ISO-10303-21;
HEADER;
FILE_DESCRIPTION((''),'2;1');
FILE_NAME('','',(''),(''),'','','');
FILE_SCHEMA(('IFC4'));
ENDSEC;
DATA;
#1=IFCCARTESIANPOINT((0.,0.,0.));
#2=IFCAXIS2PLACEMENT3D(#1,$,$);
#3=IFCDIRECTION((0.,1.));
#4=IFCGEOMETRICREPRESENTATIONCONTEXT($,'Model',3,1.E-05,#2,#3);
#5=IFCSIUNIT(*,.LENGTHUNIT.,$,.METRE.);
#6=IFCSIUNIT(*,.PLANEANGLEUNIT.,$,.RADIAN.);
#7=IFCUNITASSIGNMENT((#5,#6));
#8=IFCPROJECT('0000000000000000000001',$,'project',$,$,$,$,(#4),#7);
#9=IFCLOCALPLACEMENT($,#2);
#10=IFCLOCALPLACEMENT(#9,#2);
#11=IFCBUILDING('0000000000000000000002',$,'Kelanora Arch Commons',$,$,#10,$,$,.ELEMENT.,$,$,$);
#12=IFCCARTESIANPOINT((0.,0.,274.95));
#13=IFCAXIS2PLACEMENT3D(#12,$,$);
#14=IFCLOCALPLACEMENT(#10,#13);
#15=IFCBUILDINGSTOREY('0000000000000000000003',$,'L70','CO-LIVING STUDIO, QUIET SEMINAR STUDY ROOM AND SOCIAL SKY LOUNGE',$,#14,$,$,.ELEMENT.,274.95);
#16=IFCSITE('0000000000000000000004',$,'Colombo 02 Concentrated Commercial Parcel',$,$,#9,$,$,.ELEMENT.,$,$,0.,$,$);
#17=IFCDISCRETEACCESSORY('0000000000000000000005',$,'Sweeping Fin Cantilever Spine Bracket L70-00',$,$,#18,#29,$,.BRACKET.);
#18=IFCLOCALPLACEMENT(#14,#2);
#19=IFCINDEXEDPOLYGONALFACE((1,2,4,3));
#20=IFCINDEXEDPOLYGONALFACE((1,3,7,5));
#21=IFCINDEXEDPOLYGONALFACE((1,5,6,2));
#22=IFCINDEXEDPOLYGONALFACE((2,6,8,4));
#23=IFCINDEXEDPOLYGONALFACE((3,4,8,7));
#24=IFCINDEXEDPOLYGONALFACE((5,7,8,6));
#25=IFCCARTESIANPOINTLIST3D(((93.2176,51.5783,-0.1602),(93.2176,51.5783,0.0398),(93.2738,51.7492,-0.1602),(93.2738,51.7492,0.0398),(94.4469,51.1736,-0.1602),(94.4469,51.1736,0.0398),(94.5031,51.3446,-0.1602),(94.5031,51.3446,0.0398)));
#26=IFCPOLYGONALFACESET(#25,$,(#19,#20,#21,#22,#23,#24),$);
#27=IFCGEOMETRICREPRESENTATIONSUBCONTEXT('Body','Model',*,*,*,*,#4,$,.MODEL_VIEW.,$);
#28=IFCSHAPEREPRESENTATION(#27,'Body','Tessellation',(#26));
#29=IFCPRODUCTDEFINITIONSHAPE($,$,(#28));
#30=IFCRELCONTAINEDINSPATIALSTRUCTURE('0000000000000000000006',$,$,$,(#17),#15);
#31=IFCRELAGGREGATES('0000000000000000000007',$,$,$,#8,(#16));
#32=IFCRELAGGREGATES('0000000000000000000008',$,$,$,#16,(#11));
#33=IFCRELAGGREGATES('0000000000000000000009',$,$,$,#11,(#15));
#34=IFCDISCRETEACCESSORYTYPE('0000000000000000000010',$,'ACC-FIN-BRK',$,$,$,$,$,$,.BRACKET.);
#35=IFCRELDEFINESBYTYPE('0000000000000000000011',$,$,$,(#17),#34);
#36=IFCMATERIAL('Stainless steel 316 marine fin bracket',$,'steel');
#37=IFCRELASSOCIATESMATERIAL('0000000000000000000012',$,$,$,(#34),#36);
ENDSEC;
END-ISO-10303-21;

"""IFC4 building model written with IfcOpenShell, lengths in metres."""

from ifc_helpers import new_model, si_unit, direction, frame, origin, origin_2d, place, context, subcontext, project, spatial, rectangle, extrude, source, transform, mapped, material, type_object, element, save


model = new_model("IFC4")

# Units and contexts
model_context = context("Model", 3, precision=1e-05, world=origin(), true_north=direction((0.0, 1.0)))
body_context = subcontext(model_context, "Body", "Model", "MODEL_VIEW")
ifc_project = project(units=[si_unit("LENGTHUNIT", "METRE"), si_unit("PLANEANGLEUNIT", "RADIAN")], contexts=[model_context])

# Site, building, storey
site_placement = place(None, origin())
site = spatial("IfcSite", under=ifc_project, at=site_placement, Name="Colombo 02 Concentrated Commercial Parcel", CompositionType="ELEMENT", RefElevation=0.0)
building_placement = place(site_placement, origin())
building = spatial("IfcBuilding", under=site, at=building_placement, Name="Kelanora Arch Commons", CompositionType="ELEMENT")
storey_placement = place(building_placement, frame((0.0, 0.0, 274.95)))
storey = spatial("IfcBuildingStorey", under=building, at=storey_placement, Name="L70", Description="CO-LIVING STUDIO, QUIET SEMINAR STUDY ROOM AND SOCIAL SKY LOUNGE", CompositionType="ELEMENT", Elevation=274.95)

# Discrete accessory
ifc_material_1 = material(Name="Stainless steel 316 marine fin bracket", Category="steel")
discrete_accessory_type = type_object("IfcDiscreteAccessoryType", Name="ACC-FIN-BRK", PredefinedType="BRACKET", material=ifc_material_1)
shared_shape_1 = source(origin(), body_context, "Body", "SweptSolid", [
    extrude(rectangle(XDim=1.2942, YDim=0.1799, at=origin_2d()), origin(), (0.0, 0.0, 1.0), 0.2),
])
discrete_accessory_placement = place(storey_placement, frame((93.8604, 51.4614, -0.1602), z_axis=(0.0, 0.0, 1.0), x_axis=(0.949863, -0.312667, 0.0)))
element("IfcDiscreteAccessory", 1, at=discrete_accessory_placement, inside=storey, type_object=discrete_accessory_type, Name="Sweeping Fin Cantilever Spine Bracket L70-00", PredefinedType="BRACKET", context=body_context, shape_type="MappedRepresentation", body=[
    mapped(shared_shape_1, transform((0.0, 0.0, 0.0), scale=1.0)),
])

save(model, "model.ifc")
